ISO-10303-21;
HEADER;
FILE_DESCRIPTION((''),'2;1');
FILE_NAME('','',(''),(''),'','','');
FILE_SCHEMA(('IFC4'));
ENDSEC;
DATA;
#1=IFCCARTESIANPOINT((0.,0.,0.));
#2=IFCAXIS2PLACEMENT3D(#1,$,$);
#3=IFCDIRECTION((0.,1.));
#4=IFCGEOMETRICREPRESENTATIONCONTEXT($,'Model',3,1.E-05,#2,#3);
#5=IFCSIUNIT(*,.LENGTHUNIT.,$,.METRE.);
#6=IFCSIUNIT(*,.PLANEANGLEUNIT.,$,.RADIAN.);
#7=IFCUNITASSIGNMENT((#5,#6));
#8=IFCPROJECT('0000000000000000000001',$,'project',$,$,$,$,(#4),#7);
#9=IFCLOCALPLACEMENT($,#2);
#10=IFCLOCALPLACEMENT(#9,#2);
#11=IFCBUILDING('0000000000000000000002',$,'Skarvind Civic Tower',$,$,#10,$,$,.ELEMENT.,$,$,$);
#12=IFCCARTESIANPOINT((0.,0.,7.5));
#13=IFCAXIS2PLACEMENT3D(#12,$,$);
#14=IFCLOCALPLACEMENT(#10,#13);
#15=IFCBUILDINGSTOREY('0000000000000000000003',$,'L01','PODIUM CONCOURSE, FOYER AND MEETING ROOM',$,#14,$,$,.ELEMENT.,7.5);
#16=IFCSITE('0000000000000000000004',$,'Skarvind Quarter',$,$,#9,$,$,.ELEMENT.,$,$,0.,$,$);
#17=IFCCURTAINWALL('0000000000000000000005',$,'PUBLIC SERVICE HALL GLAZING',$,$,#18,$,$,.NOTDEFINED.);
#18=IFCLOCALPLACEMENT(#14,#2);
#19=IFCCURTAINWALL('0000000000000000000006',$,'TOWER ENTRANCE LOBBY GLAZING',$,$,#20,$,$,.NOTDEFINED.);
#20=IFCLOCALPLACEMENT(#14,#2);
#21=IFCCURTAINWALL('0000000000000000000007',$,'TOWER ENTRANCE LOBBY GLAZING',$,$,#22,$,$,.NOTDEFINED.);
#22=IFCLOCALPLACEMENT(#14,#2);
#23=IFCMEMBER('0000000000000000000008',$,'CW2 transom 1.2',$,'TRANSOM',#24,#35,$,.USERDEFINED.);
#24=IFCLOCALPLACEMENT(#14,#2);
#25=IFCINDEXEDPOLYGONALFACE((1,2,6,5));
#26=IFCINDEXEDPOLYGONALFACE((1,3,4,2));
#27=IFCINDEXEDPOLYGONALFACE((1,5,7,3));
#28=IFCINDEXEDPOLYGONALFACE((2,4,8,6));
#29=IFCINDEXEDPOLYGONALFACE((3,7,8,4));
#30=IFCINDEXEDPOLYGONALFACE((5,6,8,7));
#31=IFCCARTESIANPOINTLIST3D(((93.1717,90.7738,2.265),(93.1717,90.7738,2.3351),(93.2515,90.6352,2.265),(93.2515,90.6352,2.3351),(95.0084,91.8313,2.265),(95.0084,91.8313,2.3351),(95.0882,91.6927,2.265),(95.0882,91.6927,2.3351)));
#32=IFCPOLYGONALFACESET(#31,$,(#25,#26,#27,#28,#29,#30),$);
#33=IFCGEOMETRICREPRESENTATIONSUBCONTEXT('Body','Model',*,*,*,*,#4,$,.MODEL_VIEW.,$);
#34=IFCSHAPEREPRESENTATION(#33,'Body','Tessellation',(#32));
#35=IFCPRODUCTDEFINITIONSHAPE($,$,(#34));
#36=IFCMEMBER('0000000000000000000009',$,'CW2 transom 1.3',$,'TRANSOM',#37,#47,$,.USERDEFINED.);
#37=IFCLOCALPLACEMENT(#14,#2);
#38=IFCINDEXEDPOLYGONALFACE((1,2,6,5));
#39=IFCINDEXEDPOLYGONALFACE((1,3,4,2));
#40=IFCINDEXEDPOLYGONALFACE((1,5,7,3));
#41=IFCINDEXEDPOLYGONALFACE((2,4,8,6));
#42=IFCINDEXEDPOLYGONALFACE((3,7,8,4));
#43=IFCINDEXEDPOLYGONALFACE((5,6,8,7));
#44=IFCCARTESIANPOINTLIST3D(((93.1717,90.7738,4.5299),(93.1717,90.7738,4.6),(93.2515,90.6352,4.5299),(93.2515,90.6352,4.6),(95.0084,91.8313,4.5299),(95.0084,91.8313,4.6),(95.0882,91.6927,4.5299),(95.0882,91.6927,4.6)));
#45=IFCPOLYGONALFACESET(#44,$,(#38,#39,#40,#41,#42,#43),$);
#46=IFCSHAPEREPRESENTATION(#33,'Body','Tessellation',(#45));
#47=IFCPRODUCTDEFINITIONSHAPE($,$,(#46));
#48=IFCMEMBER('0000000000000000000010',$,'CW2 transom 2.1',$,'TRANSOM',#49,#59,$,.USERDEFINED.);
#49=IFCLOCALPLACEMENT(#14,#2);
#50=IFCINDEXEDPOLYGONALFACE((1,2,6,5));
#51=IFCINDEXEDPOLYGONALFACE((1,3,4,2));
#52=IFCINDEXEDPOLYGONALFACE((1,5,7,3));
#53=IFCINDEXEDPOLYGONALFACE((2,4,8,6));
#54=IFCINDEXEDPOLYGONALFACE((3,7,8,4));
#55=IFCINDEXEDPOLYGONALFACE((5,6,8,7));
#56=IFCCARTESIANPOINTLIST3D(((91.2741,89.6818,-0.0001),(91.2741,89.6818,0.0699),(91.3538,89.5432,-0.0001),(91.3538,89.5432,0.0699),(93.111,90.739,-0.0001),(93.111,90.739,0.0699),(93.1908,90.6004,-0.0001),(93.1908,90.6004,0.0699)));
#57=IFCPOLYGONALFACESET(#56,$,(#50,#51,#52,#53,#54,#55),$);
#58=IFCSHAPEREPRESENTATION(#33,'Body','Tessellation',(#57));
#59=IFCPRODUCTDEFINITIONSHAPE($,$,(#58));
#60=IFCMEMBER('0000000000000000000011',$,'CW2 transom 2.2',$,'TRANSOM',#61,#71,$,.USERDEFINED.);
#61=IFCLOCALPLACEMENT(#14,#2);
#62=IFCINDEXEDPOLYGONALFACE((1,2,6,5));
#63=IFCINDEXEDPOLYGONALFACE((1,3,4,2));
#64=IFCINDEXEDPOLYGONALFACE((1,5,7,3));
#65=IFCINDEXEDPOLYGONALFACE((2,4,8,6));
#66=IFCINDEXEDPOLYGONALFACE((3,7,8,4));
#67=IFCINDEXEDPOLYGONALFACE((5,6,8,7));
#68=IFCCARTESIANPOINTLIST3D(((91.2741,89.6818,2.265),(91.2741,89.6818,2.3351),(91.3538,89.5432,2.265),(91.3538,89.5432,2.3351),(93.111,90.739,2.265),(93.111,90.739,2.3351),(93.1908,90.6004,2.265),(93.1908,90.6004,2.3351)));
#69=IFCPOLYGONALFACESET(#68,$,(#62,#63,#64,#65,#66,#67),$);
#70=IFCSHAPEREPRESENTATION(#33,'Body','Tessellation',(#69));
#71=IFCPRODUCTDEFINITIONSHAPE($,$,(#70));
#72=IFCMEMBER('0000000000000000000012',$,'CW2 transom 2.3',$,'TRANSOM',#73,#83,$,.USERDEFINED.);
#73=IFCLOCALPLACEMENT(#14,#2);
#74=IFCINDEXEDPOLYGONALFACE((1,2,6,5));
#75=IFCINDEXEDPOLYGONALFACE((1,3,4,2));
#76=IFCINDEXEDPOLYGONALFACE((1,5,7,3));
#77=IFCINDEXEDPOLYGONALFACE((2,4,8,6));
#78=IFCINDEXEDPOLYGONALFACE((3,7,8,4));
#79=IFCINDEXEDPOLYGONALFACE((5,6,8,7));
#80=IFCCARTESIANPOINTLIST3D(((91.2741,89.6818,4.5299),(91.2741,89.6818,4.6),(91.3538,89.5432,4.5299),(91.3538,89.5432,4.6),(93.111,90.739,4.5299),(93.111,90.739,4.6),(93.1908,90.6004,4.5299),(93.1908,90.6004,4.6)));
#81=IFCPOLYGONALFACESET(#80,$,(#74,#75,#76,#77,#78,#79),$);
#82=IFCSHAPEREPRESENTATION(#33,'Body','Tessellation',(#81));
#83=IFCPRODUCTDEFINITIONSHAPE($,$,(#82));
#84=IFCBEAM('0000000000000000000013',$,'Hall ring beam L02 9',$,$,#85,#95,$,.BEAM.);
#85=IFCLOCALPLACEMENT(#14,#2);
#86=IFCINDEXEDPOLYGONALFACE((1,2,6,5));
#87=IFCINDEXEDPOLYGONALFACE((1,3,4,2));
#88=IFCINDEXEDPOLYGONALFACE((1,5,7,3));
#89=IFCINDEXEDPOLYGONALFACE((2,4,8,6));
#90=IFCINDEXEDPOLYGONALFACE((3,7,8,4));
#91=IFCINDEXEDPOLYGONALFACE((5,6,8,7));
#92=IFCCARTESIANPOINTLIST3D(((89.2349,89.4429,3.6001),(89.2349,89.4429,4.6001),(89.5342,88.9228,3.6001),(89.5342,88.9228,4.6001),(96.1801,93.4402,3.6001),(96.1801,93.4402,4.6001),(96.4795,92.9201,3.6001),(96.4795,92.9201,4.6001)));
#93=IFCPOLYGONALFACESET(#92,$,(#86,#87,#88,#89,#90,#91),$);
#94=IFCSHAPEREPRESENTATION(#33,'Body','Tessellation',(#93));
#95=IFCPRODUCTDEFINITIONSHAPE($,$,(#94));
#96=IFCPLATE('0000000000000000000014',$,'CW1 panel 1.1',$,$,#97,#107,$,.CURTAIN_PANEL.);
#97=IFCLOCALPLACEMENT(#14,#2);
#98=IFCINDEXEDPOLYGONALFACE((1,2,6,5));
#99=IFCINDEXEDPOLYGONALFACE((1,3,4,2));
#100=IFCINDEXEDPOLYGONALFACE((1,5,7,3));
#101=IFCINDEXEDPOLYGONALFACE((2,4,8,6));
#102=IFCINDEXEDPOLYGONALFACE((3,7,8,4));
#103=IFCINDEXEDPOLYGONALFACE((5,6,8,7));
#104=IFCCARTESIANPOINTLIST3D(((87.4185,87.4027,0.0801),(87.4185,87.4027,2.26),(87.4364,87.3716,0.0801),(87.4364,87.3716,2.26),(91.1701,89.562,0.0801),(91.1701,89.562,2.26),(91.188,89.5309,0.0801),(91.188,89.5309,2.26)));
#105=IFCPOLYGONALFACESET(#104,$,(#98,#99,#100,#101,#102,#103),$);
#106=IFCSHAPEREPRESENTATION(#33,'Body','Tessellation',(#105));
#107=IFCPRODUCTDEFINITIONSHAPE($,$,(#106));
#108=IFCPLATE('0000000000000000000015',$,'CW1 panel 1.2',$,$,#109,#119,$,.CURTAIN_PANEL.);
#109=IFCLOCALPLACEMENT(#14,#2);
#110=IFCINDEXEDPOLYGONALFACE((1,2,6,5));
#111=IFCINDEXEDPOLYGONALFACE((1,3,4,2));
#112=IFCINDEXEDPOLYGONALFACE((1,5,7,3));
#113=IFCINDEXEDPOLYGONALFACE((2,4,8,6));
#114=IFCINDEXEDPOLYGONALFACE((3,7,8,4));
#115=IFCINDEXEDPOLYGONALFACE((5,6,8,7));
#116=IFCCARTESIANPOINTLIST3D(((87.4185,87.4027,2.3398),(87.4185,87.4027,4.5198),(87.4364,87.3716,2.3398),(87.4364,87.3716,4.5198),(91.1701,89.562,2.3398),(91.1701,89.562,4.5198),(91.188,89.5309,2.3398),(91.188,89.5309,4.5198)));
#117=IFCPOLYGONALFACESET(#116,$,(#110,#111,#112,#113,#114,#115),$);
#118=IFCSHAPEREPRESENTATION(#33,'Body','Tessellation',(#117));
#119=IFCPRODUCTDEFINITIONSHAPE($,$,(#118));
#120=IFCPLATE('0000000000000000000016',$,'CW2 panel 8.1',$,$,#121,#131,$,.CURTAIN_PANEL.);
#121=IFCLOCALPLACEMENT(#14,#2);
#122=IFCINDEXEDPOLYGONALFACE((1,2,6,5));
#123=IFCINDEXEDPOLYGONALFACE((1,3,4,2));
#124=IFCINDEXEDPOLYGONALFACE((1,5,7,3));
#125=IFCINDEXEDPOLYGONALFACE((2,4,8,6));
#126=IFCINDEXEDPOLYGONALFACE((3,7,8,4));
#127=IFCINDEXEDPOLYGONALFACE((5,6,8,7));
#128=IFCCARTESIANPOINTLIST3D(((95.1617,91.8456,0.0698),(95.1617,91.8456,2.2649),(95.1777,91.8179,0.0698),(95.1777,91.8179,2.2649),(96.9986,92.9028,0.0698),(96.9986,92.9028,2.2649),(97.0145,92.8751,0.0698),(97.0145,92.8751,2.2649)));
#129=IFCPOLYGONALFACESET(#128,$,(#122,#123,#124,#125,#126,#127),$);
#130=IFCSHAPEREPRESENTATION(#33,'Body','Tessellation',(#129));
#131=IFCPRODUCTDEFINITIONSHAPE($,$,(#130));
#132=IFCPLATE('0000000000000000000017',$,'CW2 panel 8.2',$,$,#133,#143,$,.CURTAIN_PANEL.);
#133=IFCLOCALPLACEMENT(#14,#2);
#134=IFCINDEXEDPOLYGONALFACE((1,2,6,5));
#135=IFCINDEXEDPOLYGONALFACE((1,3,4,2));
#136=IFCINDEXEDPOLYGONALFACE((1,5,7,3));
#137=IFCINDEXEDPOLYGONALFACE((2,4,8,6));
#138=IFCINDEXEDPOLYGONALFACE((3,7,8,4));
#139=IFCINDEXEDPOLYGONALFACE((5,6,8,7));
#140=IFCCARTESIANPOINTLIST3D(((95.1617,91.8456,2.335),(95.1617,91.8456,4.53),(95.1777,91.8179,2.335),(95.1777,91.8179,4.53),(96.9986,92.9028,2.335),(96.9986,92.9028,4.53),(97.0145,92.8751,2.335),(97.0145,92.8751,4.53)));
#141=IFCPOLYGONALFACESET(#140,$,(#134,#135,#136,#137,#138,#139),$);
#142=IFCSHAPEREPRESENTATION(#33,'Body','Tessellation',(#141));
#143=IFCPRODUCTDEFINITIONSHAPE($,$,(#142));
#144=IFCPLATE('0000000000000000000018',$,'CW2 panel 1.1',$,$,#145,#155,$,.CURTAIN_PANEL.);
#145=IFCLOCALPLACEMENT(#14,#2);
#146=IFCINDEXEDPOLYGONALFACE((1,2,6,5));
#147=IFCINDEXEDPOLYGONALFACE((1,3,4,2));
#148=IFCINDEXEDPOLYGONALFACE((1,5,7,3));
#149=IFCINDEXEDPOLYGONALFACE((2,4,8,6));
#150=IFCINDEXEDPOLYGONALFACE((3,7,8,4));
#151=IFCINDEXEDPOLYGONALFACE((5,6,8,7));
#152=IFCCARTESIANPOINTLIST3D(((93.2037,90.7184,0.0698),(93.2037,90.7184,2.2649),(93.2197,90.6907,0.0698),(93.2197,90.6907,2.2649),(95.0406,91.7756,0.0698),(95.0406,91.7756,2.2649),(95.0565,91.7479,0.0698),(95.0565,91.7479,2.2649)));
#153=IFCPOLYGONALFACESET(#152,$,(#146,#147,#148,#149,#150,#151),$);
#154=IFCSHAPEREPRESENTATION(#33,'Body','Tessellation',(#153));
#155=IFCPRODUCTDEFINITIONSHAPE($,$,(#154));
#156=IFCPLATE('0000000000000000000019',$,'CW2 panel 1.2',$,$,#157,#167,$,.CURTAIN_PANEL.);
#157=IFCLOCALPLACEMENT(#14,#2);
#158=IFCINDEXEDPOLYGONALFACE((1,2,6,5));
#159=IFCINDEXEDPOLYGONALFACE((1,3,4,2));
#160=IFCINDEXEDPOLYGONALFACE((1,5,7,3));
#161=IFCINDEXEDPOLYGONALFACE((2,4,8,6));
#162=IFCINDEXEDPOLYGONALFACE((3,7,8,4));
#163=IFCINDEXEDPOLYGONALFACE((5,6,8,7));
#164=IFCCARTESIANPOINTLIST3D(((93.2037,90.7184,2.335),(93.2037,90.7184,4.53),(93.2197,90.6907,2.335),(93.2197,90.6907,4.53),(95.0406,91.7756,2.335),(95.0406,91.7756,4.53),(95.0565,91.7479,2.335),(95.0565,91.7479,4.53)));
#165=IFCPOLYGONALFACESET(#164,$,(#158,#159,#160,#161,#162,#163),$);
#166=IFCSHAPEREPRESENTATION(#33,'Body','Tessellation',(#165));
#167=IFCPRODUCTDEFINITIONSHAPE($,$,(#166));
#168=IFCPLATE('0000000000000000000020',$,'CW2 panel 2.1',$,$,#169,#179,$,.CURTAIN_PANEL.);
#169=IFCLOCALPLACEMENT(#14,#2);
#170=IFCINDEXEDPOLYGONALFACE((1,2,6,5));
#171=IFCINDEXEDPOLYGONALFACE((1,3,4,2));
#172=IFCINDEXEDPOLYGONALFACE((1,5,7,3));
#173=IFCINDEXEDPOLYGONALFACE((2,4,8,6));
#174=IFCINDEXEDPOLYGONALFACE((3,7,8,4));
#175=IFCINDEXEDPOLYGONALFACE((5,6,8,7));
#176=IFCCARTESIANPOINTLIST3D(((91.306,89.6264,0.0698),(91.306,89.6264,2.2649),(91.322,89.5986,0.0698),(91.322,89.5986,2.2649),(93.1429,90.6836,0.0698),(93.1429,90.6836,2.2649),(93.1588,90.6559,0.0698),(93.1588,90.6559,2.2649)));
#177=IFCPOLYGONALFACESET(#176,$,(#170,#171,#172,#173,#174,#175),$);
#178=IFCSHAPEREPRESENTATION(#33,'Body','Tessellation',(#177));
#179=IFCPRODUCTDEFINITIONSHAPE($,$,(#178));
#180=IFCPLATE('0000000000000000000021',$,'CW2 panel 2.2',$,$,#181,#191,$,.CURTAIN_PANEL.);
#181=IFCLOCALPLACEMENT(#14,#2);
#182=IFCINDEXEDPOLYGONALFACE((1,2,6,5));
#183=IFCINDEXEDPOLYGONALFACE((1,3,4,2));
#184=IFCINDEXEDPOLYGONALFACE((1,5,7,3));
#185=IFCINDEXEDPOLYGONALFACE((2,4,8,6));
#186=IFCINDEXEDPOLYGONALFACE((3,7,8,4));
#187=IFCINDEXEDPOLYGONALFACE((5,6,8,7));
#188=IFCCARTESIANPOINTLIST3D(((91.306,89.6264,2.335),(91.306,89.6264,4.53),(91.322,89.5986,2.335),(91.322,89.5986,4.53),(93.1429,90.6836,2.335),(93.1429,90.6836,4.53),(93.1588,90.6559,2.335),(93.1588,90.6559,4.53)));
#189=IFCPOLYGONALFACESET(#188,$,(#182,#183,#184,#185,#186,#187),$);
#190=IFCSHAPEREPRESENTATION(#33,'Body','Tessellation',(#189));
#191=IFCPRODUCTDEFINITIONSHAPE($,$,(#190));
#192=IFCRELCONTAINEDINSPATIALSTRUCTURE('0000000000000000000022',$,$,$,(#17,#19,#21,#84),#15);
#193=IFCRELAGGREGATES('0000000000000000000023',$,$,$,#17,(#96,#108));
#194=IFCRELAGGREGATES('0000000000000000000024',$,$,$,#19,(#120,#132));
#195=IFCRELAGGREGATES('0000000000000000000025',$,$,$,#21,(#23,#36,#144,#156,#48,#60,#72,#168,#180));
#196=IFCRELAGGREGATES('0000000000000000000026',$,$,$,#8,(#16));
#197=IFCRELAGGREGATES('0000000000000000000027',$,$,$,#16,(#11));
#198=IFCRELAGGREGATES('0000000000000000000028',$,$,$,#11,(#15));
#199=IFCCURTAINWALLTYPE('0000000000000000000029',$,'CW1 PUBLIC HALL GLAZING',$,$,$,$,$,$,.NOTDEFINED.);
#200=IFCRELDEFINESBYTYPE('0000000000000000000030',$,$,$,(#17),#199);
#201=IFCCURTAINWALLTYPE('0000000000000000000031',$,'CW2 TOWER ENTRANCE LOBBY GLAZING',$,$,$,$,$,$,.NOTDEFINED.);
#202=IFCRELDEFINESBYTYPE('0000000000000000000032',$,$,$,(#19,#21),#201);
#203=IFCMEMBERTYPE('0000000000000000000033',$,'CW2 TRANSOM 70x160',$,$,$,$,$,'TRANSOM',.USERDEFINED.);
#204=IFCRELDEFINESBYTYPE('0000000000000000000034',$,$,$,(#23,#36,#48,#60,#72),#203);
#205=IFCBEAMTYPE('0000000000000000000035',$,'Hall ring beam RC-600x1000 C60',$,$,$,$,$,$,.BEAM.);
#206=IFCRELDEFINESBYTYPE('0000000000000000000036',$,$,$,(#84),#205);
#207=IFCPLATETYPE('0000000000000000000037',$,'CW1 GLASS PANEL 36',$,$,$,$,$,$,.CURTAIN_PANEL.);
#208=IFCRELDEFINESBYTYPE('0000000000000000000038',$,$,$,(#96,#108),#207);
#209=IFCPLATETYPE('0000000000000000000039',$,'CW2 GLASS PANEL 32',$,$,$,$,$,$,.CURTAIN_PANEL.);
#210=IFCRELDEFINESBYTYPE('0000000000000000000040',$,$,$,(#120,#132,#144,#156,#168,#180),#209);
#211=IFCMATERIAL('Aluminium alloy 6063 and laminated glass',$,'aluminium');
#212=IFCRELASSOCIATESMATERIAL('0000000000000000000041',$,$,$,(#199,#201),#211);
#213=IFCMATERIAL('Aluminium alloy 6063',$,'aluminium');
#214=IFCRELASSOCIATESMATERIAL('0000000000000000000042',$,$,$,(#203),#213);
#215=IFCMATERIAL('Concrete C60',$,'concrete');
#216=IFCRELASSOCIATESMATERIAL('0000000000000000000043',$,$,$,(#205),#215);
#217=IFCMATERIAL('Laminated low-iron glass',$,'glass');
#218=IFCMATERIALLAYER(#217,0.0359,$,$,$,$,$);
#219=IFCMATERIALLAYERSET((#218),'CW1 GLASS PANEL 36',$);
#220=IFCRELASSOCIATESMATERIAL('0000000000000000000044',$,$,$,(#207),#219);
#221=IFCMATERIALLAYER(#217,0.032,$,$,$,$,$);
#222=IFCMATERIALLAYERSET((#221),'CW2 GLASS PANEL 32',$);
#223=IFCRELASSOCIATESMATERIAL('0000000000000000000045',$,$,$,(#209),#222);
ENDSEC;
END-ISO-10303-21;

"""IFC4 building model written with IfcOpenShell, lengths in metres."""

from ifc_helpers import new_model, si_unit, direction, frame, origin, origin_2d, place, context, subcontext, project, spatial, rectangle, extrude, material, layer, layer_set, material_profile, profile_set, type_object, element, aggregate, save


model = new_model("IFC4")

# Units and contexts
model_context = context("Model", 3, precision=1e-05, world=origin(), true_north=direction((0.0, 1.0)))
body_context = subcontext(model_context, "Body", "Model", "MODEL_VIEW")
ifc_project = project(units=[si_unit("LENGTHUNIT", "METRE"), si_unit("PLANEANGLEUNIT", "RADIAN")], contexts=[model_context])

# Site, building, storey
site_placement = place(None, origin())
site = spatial("IfcSite", under=ifc_project, at=site_placement, Name="Skarvind Quarter", CompositionType="ELEMENT", RefElevation=0.0)
building_placement = place(site_placement, origin())
building = spatial("IfcBuilding", under=site, at=building_placement, Name="Skarvind Civic Tower", CompositionType="ELEMENT")
storey_placement = place(building_placement, frame((0.0, 0.0, 7.5)))
storey = spatial("IfcBuildingStorey", under=building, at=storey_placement, Name="L01", Description="PODIUM CONCOURSE, FOYER AND MEETING ROOM", CompositionType="ELEMENT", Elevation=7.5)

# Shared definitions
ifc_material_1 = material(Name="Concrete C60", Category="concrete")

# Curtain walls
ifc_material_2 = material(Name="Aluminium alloy 6063 and laminated glass", Category="aluminium")
curtain_wall_type_1 = type_object("IfcCurtainWallType", Name="CW1 PUBLIC HALL GLAZING", PredefinedType="NOTDEFINED", material=ifc_material_2)
curtain_wall_1_placement = place(storey_placement, origin())
curtain_wall_1 = element("IfcCurtainWall", 1, at=curtain_wall_1_placement, inside=storey, type_object=curtain_wall_type_1, Name="PUBLIC SERVICE HALL GLAZING", PredefinedType="NOTDEFINED")
ifc_material_3 = material(Name="Aluminium alloy 6063", Category="aluminium")
curtain_wall_type_2 = type_object("IfcCurtainWallType", Name="CW2 TOWER ENTRANCE LOBBY GLAZING", PredefinedType="NOTDEFINED", material=ifc_material_2)
curtain_wall_2_placement = place(storey_placement, origin())
curtain_wall_2 = element("IfcCurtainWall", 2, at=curtain_wall_2_placement, inside=storey, type_object=curtain_wall_type_2, Name="TOWER ENTRANCE LOBBY GLAZING", PredefinedType="NOTDEFINED")
curtain_wall_3_placement = place(storey_placement, origin())
curtain_wall_3 = element("IfcCurtainWall", 3, at=curtain_wall_3_placement, inside=storey, type_object=curtain_wall_type_2, Name="TOWER ENTRANCE LOBBY GLAZING", PredefinedType="NOTDEFINED")

# Members
ifc_material_profile_1 = material_profile(ifc_material_3, rectangle(XDim=0.1599, YDim=0.0701, at=origin_2d()), Name="AL 70x160")
ifc_profile_set_1 = profile_set([ifc_material_profile_1], Name="Aluminium alloy 6063")
member_type_1 = type_object("IfcMemberType", Name="CW2 TRANSOM 70x160", ElementType="TRANSOM", PredefinedType="USERDEFINED", material=ifc_profile_set_1)
member_1_placement = place(storey_placement, frame((95.0483, 91.762, 2.3), z_axis=(-0.866644, -0.498928, 0.0), x_axis=(0.498928, -0.866644, 0.0)))
member_1 = element("IfcMember", 4, at=member_1_placement, type_object=member_type_1, Name="CW2 transom 1.2", ObjectType="TRANSOM", PredefinedType="USERDEFINED", context=body_context, shape_type="SweptSolid", body=[
    extrude(rectangle(XDim=0.1599, YDim=0.0701, at=origin_2d()), origin(), (0.0, 0.0, 1.0), 2.1194),
])
member_2_placement = place(storey_placement, frame((95.0483, 91.762, 4.5649), z_axis=(-0.866644, -0.498928, 0.0), x_axis=(0.498928, -0.866644, 0.0)))
member_2 = element("IfcMember", 5, at=member_2_placement, type_object=member_type_1, Name="CW2 transom 1.3", ObjectType="TRANSOM", PredefinedType="USERDEFINED", context=body_context, shape_type="SweptSolid", body=[
    extrude(rectangle(XDim=0.1599, YDim=0.0701, at=origin_2d()), origin(), (0.0, 0.0, 1.0), 2.1194),
])
member_3_placement = place(storey_placement, frame((93.1509, 90.6697, 0.0349), z_axis=(-0.866722, -0.498791, 0.0), x_axis=(0.498791, -0.866722, 0.0)))
member_3 = element("IfcMember", 6, at=member_3_placement, type_object=member_type_1, Name="CW2 transom 2.1", ObjectType="TRANSOM", PredefinedType="USERDEFINED", context=body_context, shape_type="SweptSolid", body=[
    extrude(rectangle(XDim=0.1599, YDim=0.0701, at=origin_2d()), origin(), (0.0, 0.0, 1.0), 2.1194),
])
member_4_placement = place(storey_placement, frame((93.1509, 90.6697, 2.3), z_axis=(-0.866722, -0.498791, 0.0), x_axis=(0.498791, -0.866722, 0.0)))
member_4 = element("IfcMember", 7, at=member_4_placement, type_object=member_type_1, Name="CW2 transom 2.2", ObjectType="TRANSOM", PredefinedType="USERDEFINED", context=body_context, shape_type="SweptSolid", body=[
    extrude(rectangle(XDim=0.1599, YDim=0.0701, at=origin_2d()), origin(), (0.0, 0.0, 1.0), 2.1194),
])
member_5_placement = place(storey_placement, frame((93.1509, 90.6697, 4.5649), z_axis=(-0.866722, -0.498791, 0.0), x_axis=(0.498791, -0.866722, 0.0)))
member_5 = element("IfcMember", 8, at=member_5_placement, type_object=member_type_1, Name="CW2 transom 2.3", ObjectType="TRANSOM", PredefinedType="USERDEFINED", context=body_context, shape_type="SweptSolid", body=[
    extrude(rectangle(XDim=0.1599, YDim=0.0701, at=origin_2d()), origin(), (0.0, 0.0, 1.0), 2.1194),
])

# Beam
ifc_material_profile_2 = material_profile(ifc_material_1, rectangle(XDim=0.6001, YDim=1.0, at=origin_2d()), Name="RC-600x1000")
ifc_profile_set_2 = profile_set([ifc_material_profile_2], Name="Concrete C60")
beam_type = type_object("IfcBeamType", Name="Hall ring beam RC-600x1000 C60", PredefinedType="BEAM", material=ifc_profile_set_2)
beam_placement = place(storey_placement, frame((89.3845, 89.1829, 4.1001), z_axis=(0.866703, 0.498824, 0.0), x_axis=(-0.498824, 0.866703, 0.0)))
element("IfcBeam", 9, at=beam_placement, inside=storey, type_object=beam_type, Name="Hall ring beam L02 9", PredefinedType="BEAM", context=body_context, shape_type="SweptSolid", body=[
    extrude(rectangle(XDim=0.6001, YDim=1.0, at=origin_2d()), origin(), (0.0, 0.0, 1.0), 8.0134),
])

# Plates
ifc_material_4 = material(Name="Laminated low-iron glass", Category="glass")
ifc_layer_1 = layer(ifc_material_4, 0.0359)
ifc_layer_set_1 = layer_set([ifc_layer_1], Name="CW1 GLASS PANEL 36")
plate_type_1 = type_object("IfcPlateType", Name="CW1 GLASS PANEL 36", PredefinedType="CURTAIN_PANEL", material=ifc_layer_set_1)
plate_1_placement = place(storey_placement, frame((89.3032, 88.4668, 0.0801), z_axis=(0.0, 0.0, 1.0), x_axis=(-0.866702, -0.498825, 0.0)))
plate_1 = element("IfcPlate", 10, at=plate_1_placement, type_object=plate_type_1, Name="CW1 panel 1.1", PredefinedType="CURTAIN_PANEL", context=body_context, shape_type="SweptSolid", body=[
    extrude(rectangle(XDim=4.3286, YDim=0.0359, at=origin_2d()), origin(), (0.0, 0.0, 1.0), 2.1799),
])
plate_2_placement = place(storey_placement, frame((89.3032, 88.4668, 2.3398), z_axis=(0.0, 0.0, 1.0), x_axis=(-0.866702, -0.498825, 0.0)))
plate_2 = element("IfcPlate", 11, at=plate_2_placement, type_object=plate_type_1, Name="CW1 panel 1.2", PredefinedType="CURTAIN_PANEL", context=body_context, shape_type="SweptSolid", body=[
    extrude(rectangle(XDim=4.3286, YDim=0.0359, at=origin_2d()), origin(), (0.0, 0.0, 1.0), 2.1799),
])
aggregate(curtain_wall_1, [plate_1, plate_2])
ifc_layer_2 = layer(ifc_material_4, 0.032)
ifc_layer_set_2 = layer_set([ifc_layer_2], Name="CW2 GLASS PANEL 32")
plate_type_2 = type_object("IfcPlateType", Name="CW2 GLASS PANEL 32", PredefinedType="CURTAIN_PANEL", material=ifc_layer_set_2)
plate_3_placement = place(storey_placement, frame((96.0881, 92.3604, 0.0698), z_axis=(0.0, 0.0, 1.0), x_axis=(-0.866702, -0.498825, 0.0)))
plate_3 = element("IfcPlate", 12, at=plate_3_placement, type_object=plate_type_2, Name="CW2 panel 8.1", PredefinedType="CURTAIN_PANEL", context=body_context, shape_type="SweptSolid", body=[
    extrude(rectangle(XDim=2.1194, YDim=0.032, at=origin_2d()), origin(), (0.0, 0.0, 1.0), 2.1951),
])
plate_4_placement = place(storey_placement, frame((96.0881, 92.3604, 2.335), z_axis=(0.0, 0.0, 1.0), x_axis=(-0.866702, -0.498825, 0.0)))
plate_4 = element("IfcPlate", 13, at=plate_4_placement, type_object=plate_type_2, Name="CW2 panel 8.2", PredefinedType="CURTAIN_PANEL", context=body_context, shape_type="SweptSolid", body=[
    extrude(rectangle(XDim=2.1194, YDim=0.032, at=origin_2d()), origin(), (0.0, 0.0, 1.0), 2.1951),
])
aggregate(curtain_wall_2, [plate_3, plate_4])
plate_5_placement = place(storey_placement, frame((94.1301, 91.2332, 0.0698), z_axis=(0.0, 0.0, 1.0), x_axis=(-0.866695, -0.498838, 0.0)))
plate_5 = element("IfcPlate", 14, at=plate_5_placement, type_object=plate_type_2, Name="CW2 panel 1.1", PredefinedType="CURTAIN_PANEL", context=body_context, shape_type="SweptSolid", body=[
    extrude(rectangle(XDim=2.1194, YDim=0.032, at=origin_2d()), origin(), (0.0, 0.0, 1.0), 2.1951),
])
plate_6_placement = place(storey_placement, frame((94.1301, 91.2332, 2.335), z_axis=(0.0, 0.0, 1.0), x_axis=(-0.866695, -0.498838, 0.0)))
plate_6 = element("IfcPlate", 15, at=plate_6_placement, type_object=plate_type_2, Name="CW2 panel 1.2", PredefinedType="CURTAIN_PANEL", context=body_context, shape_type="SweptSolid", body=[
    extrude(rectangle(XDim=2.1194, YDim=0.032, at=origin_2d()), origin(), (0.0, 0.0, 1.0), 2.1951),
])
plate_7_placement = place(storey_placement, frame((92.2324, 90.1411, 0.0698), z_axis=(0.0, 0.0, 1.0), x_axis=(-0.866695, -0.498838, 0.0)))
plate_7 = element("IfcPlate", 16, at=plate_7_placement, type_object=plate_type_2, Name="CW2 panel 2.1", PredefinedType="CURTAIN_PANEL", context=body_context, shape_type="SweptSolid", body=[
    extrude(rectangle(XDim=2.1194, YDim=0.032, at=origin_2d()), origin(), (0.0, 0.0, 1.0), 2.1951),
])
plate_8_placement = place(storey_placement, frame((92.2324, 90.1411, 2.335), z_axis=(0.0, 0.0, 1.0), x_axis=(-0.866695, -0.498838, 0.0)))
plate_8 = element("IfcPlate", 17, at=plate_8_placement, type_object=plate_type_2, Name="CW2 panel 2.2", PredefinedType="CURTAIN_PANEL", context=body_context, shape_type="SweptSolid", body=[
    extrude(rectangle(XDim=2.1194, YDim=0.032, at=origin_2d()), origin(), (0.0, 0.0, 1.0), 2.1951),
])
aggregate(curtain_wall_3, [member_1, member_2, plate_5, plate_6, member_3, member_4, member_5, plate_7, plate_8])

save(model, "model.ifc")
